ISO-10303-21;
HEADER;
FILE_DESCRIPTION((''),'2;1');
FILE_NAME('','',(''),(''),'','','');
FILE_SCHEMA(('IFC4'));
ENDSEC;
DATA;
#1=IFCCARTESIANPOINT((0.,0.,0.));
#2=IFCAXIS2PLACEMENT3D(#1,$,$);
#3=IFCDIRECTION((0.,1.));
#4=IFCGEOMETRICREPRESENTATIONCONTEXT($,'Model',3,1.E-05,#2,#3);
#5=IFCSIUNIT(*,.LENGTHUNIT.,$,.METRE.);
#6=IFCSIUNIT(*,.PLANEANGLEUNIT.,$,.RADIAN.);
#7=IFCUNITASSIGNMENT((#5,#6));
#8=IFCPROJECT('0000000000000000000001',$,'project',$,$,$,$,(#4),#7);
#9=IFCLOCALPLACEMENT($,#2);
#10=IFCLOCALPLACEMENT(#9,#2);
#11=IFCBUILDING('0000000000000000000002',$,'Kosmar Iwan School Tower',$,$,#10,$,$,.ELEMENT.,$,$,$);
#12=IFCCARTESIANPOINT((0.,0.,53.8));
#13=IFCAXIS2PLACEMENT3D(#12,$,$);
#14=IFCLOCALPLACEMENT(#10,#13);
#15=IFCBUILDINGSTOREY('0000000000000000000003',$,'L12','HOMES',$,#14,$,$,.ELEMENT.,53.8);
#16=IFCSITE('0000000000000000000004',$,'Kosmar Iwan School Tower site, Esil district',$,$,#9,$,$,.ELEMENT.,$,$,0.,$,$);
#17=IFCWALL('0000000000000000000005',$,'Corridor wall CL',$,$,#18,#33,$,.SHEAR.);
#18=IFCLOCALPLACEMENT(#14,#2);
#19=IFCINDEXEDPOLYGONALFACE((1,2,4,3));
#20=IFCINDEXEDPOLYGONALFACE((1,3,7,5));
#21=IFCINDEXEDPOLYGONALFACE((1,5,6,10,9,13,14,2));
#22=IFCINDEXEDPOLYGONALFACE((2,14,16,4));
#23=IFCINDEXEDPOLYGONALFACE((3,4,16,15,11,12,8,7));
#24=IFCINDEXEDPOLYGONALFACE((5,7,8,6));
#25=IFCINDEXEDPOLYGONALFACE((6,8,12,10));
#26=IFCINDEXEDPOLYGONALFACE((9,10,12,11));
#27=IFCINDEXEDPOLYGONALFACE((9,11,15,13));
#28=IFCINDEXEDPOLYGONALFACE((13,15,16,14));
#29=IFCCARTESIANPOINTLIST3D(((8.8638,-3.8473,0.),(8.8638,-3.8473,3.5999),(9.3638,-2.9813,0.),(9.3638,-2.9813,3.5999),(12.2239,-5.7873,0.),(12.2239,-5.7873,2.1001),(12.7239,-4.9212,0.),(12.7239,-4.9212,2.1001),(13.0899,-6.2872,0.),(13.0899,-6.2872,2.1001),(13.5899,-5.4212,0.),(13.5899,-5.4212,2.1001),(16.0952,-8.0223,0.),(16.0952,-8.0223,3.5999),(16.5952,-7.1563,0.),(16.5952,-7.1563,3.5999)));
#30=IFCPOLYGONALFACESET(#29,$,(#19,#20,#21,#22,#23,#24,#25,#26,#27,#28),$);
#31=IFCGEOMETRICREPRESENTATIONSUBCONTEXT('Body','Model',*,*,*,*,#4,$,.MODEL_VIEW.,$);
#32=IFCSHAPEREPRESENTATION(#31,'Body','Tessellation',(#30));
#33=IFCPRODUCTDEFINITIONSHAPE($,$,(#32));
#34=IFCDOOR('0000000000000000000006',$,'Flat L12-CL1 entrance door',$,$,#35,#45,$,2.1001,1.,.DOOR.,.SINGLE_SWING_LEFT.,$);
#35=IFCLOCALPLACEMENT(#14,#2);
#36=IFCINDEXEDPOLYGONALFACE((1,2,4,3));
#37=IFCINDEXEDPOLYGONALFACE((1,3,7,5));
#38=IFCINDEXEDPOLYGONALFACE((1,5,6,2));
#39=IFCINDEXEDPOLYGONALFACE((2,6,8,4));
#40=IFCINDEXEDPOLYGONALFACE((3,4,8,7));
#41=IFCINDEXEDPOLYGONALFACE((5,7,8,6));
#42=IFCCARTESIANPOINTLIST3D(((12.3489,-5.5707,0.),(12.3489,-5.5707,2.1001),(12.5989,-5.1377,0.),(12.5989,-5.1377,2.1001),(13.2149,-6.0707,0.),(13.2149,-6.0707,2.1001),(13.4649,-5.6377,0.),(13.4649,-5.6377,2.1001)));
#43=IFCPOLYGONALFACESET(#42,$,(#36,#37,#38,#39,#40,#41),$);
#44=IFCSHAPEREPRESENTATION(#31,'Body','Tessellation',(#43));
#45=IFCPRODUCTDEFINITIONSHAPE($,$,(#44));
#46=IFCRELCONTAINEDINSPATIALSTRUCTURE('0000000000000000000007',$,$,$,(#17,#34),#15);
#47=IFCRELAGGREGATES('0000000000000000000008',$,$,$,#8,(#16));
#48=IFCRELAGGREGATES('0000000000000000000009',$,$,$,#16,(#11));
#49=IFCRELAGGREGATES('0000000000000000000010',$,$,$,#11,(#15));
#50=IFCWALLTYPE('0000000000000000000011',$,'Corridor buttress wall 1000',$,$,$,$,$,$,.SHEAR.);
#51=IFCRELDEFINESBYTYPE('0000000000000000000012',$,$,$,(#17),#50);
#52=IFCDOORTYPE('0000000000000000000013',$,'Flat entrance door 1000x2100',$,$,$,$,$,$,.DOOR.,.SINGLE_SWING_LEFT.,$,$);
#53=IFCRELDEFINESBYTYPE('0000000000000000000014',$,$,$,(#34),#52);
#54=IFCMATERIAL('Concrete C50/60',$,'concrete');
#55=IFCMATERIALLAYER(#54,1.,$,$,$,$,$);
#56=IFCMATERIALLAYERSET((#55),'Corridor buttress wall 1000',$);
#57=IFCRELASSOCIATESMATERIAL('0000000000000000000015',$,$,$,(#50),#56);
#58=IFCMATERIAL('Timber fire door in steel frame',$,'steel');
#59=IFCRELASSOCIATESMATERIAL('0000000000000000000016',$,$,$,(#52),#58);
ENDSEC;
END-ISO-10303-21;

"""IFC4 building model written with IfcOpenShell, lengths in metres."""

from ifc_helpers import new_model, si_unit, direction, frame, frame_2d, origin, place, context, subcontext, project, spatial, rectangle, extrude, material, layer, layer_set, type_object, element, fill, save


model = new_model("IFC4")

# Units and contexts
model_context = context("Model", 3, precision=1e-05, world=origin(), true_north=direction((0.0, 1.0)))
body_context = subcontext(model_context, "Body", "Model", "MODEL_VIEW")
ifc_project = project(units=[si_unit("LENGTHUNIT", "METRE"), si_unit("PLANEANGLEUNIT", "RADIAN")], contexts=[model_context])

# Site, building, storey
site_placement = place(None, origin())
site = spatial("IfcSite", under=ifc_project, at=site_placement, Name="Kosmar Iwan School Tower site, Esil district", CompositionType="ELEMENT", RefElevation=0.0)
building_placement = place(site_placement, origin())
building = spatial("IfcBuilding", under=site, at=building_placement, Name="Kosmar Iwan School Tower", CompositionType="ELEMENT")
storey_placement = place(building_placement, frame((0.0, 0.0, 53.8)))
storey = spatial("IfcBuildingStorey", under=building, at=storey_placement, Name="L12", Description="HOMES", CompositionType="ELEMENT", Elevation=53.8)

# Wall, opening, door
ifc_material_1 = material(Name="Concrete C50/60", Category="concrete")
ifc_layer_1 = layer(ifc_material_1, 1.0)
ifc_layer_set_1 = layer_set([ifc_layer_1], Name="Corridor buttress wall 1000")
wall_type_1 = type_object("IfcWallType", Name="Corridor buttress wall 1000", PredefinedType="SHEAR", material=ifc_layer_set_1)
wall_1_placement = place(storey_placement, frame((9.1138, -3.4143, 0.0), z_axis=(0.0, 0.0, 1.0), x_axis=(0.866027, -0.499997, 0.0)))
wall_1 = element("IfcWall", 1, at=wall_1_placement, inside=storey, type_object=wall_type_1, Name="Corridor wall CL", PredefinedType="SHEAR", context=body_context, shape_type="SweptSolid", body=[
    extrude(rectangle(XDim=8.3501, YDim=1.0, at=frame_2d((4.175, 0.0))), origin(), (0.0, 0.0, 1.0), 3.5999),
])
opening_1_placement = place(wall_1_placement, frame((3.8799, 0.0, 0.0)))
opening_1 = element("IfcOpeningElement", 2, at=opening_1_placement, cuts=wall_1, PredefinedType="OPENING", context=body_context, shape_type="SweptSolid", body=[
    extrude(rectangle(XDim=1.0, YDim=2.1001, at=frame_2d((0.5, 1.05))), frame((0.0, 0.512, 0.0), z_axis=(0.0, -1.0, 0.0), x_axis=(1.0, 0.0, 0.0)), (0.0, 0.0, 1.0), 1.0239),
])
ifc_material_2 = material(Name="Timber fire door in steel frame", Category="steel")
door_type_1 = type_object("IfcDoorType", Name="Flat entrance door 1000x2100", OperationType="SINGLE_SWING_LEFT", PredefinedType="DOOR", material=ifc_material_2)
door_1_placement = place(opening_1_placement, origin())
door_1 = element("IfcDoor", 3, at=door_1_placement, inside=storey, type_object=door_type_1, Name="Flat L12-CL1 entrance door", OperationType="SINGLE_SWING_LEFT", OverallHeight=2.1001, OverallWidth=1.0, PredefinedType="DOOR", context=body_context, shape_type="SweptSolid", body=[
    extrude(rectangle(XDim=1.0, YDim=2.1001, at=frame_2d((0.5, 1.05))), frame((0.0, 0.25, 0.0), z_axis=(0.0, -1.0, 0.0), x_axis=(1.0, 0.0, 0.0)), (0.0, 0.0, 1.0), 0.5),
])
fill(opening_1, door_1)

save(model, "model.ifc")
